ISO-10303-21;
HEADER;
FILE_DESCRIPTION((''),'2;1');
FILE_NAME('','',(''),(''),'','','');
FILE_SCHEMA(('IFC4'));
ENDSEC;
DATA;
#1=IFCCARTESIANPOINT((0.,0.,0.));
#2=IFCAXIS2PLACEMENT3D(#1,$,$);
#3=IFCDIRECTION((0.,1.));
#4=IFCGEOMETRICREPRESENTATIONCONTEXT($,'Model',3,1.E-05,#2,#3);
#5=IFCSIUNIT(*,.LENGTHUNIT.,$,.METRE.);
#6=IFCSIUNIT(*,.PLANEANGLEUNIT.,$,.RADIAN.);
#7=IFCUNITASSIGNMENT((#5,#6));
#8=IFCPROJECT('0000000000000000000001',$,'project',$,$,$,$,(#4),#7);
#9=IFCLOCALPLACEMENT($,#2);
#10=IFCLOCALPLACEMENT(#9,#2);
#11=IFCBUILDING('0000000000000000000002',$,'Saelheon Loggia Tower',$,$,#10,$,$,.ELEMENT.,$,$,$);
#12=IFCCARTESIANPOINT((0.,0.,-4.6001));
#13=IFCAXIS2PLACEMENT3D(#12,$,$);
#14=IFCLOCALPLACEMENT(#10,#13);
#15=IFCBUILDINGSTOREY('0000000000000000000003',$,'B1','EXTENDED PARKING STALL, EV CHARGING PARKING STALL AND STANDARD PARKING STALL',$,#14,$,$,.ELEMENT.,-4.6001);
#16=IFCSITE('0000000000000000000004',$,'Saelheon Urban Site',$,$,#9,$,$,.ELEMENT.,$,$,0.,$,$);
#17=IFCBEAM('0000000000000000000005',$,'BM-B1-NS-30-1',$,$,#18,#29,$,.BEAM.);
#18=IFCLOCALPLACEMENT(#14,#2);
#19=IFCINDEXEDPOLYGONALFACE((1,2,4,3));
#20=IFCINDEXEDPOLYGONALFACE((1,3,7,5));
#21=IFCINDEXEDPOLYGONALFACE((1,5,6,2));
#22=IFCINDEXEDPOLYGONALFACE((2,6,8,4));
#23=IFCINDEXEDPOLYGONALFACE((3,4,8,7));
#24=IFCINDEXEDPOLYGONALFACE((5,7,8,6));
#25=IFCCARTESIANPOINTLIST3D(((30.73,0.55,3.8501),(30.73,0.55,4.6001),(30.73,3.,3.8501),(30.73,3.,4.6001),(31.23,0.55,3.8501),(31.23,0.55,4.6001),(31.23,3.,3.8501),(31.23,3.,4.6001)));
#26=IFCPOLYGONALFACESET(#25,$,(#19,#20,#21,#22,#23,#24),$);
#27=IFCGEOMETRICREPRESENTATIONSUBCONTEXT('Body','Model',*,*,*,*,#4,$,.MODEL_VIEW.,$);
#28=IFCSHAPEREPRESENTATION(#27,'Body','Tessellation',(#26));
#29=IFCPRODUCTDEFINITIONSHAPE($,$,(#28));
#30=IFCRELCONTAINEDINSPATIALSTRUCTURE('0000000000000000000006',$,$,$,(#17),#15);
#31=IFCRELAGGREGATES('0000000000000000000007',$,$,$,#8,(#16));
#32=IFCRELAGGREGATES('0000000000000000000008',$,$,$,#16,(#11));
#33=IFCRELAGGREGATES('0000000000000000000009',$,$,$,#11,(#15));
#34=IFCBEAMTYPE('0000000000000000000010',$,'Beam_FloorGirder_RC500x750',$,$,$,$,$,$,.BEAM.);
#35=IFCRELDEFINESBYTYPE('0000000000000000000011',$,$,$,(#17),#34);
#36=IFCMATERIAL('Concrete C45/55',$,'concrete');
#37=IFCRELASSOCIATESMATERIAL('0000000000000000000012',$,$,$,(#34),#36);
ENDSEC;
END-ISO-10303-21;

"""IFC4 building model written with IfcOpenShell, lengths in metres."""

from ifc_helpers import new_model, si_unit, direction, frame, origin, origin_2d, place, context, subcontext, project, spatial, rectangle, extrude, source, transform, mapped, material, material_profile, profile_set, type_object, element, save


model = new_model("IFC4")

# Units and contexts
model_context = context("Model", 3, precision=1e-05, world=origin(), true_north=direction((0.0, 1.0)))
body_context = subcontext(model_context, "Body", "Model", "MODEL_VIEW")
ifc_project = project(units=[si_unit("LENGTHUNIT", "METRE"), si_unit("PLANEANGLEUNIT", "RADIAN")], contexts=[model_context])

# Site, building, storey
site_placement = place(None, origin())
site = spatial("IfcSite", under=ifc_project, at=site_placement, Name="Saelheon Urban Site", CompositionType="ELEMENT", RefElevation=0.0)
building_placement = place(site_placement, origin())
building = spatial("IfcBuilding", under=site, at=building_placement, Name="Saelheon Loggia Tower", CompositionType="ELEMENT")
storey_placement = place(building_placement, frame((0.0, 0.0, -4.6001)))
storey = spatial("IfcBuildingStorey", under=building, at=storey_placement, Name="B1", Description="EXTENDED PARKING STALL, EV CHARGING PARKING STALL AND STANDARD PARKING STALL", CompositionType="ELEMENT", Elevation=-4.6001)

# Beam
ifc_material_1 = material(Name="Concrete C45/55", Category="concrete")
ifc_material_profile_1 = material_profile(ifc_material_1, rectangle(XDim=0.5, YDim=0.75, at=origin_2d()), Name="RC-500x750")
ifc_profile_set_1 = profile_set([ifc_material_profile_1], Name="Concrete C45/55")
beam_type_1 = type_object("IfcBeamType", Name="Beam_FloorGirder_RC500x750", PredefinedType="BEAM", material=ifc_profile_set_1)
shared_shape_1 = source(origin(), body_context, "Body", "SweptSolid", [
    extrude(rectangle(XDim=0.5, YDim=0.75, at=origin_2d()), origin(), (0.0, 0.0, 1.0), 2.45),
])
beam_1_placement = place(storey_placement, frame((30.98, 0.55, 4.2251), z_axis=(0.0, 1.0, 0.0), x_axis=(-1.0, 0.0, 0.0)))
element("IfcBeam", 1, at=beam_1_placement, inside=storey, type_object=beam_type_1, Name="BM-B1-NS-30-1", PredefinedType="BEAM", context=body_context, shape_type="MappedRepresentation", body=[
    mapped(shared_shape_1, transform((0.0, 0.0, 0.0), scale=1.0)),
])

save(model, "model.ifc")
